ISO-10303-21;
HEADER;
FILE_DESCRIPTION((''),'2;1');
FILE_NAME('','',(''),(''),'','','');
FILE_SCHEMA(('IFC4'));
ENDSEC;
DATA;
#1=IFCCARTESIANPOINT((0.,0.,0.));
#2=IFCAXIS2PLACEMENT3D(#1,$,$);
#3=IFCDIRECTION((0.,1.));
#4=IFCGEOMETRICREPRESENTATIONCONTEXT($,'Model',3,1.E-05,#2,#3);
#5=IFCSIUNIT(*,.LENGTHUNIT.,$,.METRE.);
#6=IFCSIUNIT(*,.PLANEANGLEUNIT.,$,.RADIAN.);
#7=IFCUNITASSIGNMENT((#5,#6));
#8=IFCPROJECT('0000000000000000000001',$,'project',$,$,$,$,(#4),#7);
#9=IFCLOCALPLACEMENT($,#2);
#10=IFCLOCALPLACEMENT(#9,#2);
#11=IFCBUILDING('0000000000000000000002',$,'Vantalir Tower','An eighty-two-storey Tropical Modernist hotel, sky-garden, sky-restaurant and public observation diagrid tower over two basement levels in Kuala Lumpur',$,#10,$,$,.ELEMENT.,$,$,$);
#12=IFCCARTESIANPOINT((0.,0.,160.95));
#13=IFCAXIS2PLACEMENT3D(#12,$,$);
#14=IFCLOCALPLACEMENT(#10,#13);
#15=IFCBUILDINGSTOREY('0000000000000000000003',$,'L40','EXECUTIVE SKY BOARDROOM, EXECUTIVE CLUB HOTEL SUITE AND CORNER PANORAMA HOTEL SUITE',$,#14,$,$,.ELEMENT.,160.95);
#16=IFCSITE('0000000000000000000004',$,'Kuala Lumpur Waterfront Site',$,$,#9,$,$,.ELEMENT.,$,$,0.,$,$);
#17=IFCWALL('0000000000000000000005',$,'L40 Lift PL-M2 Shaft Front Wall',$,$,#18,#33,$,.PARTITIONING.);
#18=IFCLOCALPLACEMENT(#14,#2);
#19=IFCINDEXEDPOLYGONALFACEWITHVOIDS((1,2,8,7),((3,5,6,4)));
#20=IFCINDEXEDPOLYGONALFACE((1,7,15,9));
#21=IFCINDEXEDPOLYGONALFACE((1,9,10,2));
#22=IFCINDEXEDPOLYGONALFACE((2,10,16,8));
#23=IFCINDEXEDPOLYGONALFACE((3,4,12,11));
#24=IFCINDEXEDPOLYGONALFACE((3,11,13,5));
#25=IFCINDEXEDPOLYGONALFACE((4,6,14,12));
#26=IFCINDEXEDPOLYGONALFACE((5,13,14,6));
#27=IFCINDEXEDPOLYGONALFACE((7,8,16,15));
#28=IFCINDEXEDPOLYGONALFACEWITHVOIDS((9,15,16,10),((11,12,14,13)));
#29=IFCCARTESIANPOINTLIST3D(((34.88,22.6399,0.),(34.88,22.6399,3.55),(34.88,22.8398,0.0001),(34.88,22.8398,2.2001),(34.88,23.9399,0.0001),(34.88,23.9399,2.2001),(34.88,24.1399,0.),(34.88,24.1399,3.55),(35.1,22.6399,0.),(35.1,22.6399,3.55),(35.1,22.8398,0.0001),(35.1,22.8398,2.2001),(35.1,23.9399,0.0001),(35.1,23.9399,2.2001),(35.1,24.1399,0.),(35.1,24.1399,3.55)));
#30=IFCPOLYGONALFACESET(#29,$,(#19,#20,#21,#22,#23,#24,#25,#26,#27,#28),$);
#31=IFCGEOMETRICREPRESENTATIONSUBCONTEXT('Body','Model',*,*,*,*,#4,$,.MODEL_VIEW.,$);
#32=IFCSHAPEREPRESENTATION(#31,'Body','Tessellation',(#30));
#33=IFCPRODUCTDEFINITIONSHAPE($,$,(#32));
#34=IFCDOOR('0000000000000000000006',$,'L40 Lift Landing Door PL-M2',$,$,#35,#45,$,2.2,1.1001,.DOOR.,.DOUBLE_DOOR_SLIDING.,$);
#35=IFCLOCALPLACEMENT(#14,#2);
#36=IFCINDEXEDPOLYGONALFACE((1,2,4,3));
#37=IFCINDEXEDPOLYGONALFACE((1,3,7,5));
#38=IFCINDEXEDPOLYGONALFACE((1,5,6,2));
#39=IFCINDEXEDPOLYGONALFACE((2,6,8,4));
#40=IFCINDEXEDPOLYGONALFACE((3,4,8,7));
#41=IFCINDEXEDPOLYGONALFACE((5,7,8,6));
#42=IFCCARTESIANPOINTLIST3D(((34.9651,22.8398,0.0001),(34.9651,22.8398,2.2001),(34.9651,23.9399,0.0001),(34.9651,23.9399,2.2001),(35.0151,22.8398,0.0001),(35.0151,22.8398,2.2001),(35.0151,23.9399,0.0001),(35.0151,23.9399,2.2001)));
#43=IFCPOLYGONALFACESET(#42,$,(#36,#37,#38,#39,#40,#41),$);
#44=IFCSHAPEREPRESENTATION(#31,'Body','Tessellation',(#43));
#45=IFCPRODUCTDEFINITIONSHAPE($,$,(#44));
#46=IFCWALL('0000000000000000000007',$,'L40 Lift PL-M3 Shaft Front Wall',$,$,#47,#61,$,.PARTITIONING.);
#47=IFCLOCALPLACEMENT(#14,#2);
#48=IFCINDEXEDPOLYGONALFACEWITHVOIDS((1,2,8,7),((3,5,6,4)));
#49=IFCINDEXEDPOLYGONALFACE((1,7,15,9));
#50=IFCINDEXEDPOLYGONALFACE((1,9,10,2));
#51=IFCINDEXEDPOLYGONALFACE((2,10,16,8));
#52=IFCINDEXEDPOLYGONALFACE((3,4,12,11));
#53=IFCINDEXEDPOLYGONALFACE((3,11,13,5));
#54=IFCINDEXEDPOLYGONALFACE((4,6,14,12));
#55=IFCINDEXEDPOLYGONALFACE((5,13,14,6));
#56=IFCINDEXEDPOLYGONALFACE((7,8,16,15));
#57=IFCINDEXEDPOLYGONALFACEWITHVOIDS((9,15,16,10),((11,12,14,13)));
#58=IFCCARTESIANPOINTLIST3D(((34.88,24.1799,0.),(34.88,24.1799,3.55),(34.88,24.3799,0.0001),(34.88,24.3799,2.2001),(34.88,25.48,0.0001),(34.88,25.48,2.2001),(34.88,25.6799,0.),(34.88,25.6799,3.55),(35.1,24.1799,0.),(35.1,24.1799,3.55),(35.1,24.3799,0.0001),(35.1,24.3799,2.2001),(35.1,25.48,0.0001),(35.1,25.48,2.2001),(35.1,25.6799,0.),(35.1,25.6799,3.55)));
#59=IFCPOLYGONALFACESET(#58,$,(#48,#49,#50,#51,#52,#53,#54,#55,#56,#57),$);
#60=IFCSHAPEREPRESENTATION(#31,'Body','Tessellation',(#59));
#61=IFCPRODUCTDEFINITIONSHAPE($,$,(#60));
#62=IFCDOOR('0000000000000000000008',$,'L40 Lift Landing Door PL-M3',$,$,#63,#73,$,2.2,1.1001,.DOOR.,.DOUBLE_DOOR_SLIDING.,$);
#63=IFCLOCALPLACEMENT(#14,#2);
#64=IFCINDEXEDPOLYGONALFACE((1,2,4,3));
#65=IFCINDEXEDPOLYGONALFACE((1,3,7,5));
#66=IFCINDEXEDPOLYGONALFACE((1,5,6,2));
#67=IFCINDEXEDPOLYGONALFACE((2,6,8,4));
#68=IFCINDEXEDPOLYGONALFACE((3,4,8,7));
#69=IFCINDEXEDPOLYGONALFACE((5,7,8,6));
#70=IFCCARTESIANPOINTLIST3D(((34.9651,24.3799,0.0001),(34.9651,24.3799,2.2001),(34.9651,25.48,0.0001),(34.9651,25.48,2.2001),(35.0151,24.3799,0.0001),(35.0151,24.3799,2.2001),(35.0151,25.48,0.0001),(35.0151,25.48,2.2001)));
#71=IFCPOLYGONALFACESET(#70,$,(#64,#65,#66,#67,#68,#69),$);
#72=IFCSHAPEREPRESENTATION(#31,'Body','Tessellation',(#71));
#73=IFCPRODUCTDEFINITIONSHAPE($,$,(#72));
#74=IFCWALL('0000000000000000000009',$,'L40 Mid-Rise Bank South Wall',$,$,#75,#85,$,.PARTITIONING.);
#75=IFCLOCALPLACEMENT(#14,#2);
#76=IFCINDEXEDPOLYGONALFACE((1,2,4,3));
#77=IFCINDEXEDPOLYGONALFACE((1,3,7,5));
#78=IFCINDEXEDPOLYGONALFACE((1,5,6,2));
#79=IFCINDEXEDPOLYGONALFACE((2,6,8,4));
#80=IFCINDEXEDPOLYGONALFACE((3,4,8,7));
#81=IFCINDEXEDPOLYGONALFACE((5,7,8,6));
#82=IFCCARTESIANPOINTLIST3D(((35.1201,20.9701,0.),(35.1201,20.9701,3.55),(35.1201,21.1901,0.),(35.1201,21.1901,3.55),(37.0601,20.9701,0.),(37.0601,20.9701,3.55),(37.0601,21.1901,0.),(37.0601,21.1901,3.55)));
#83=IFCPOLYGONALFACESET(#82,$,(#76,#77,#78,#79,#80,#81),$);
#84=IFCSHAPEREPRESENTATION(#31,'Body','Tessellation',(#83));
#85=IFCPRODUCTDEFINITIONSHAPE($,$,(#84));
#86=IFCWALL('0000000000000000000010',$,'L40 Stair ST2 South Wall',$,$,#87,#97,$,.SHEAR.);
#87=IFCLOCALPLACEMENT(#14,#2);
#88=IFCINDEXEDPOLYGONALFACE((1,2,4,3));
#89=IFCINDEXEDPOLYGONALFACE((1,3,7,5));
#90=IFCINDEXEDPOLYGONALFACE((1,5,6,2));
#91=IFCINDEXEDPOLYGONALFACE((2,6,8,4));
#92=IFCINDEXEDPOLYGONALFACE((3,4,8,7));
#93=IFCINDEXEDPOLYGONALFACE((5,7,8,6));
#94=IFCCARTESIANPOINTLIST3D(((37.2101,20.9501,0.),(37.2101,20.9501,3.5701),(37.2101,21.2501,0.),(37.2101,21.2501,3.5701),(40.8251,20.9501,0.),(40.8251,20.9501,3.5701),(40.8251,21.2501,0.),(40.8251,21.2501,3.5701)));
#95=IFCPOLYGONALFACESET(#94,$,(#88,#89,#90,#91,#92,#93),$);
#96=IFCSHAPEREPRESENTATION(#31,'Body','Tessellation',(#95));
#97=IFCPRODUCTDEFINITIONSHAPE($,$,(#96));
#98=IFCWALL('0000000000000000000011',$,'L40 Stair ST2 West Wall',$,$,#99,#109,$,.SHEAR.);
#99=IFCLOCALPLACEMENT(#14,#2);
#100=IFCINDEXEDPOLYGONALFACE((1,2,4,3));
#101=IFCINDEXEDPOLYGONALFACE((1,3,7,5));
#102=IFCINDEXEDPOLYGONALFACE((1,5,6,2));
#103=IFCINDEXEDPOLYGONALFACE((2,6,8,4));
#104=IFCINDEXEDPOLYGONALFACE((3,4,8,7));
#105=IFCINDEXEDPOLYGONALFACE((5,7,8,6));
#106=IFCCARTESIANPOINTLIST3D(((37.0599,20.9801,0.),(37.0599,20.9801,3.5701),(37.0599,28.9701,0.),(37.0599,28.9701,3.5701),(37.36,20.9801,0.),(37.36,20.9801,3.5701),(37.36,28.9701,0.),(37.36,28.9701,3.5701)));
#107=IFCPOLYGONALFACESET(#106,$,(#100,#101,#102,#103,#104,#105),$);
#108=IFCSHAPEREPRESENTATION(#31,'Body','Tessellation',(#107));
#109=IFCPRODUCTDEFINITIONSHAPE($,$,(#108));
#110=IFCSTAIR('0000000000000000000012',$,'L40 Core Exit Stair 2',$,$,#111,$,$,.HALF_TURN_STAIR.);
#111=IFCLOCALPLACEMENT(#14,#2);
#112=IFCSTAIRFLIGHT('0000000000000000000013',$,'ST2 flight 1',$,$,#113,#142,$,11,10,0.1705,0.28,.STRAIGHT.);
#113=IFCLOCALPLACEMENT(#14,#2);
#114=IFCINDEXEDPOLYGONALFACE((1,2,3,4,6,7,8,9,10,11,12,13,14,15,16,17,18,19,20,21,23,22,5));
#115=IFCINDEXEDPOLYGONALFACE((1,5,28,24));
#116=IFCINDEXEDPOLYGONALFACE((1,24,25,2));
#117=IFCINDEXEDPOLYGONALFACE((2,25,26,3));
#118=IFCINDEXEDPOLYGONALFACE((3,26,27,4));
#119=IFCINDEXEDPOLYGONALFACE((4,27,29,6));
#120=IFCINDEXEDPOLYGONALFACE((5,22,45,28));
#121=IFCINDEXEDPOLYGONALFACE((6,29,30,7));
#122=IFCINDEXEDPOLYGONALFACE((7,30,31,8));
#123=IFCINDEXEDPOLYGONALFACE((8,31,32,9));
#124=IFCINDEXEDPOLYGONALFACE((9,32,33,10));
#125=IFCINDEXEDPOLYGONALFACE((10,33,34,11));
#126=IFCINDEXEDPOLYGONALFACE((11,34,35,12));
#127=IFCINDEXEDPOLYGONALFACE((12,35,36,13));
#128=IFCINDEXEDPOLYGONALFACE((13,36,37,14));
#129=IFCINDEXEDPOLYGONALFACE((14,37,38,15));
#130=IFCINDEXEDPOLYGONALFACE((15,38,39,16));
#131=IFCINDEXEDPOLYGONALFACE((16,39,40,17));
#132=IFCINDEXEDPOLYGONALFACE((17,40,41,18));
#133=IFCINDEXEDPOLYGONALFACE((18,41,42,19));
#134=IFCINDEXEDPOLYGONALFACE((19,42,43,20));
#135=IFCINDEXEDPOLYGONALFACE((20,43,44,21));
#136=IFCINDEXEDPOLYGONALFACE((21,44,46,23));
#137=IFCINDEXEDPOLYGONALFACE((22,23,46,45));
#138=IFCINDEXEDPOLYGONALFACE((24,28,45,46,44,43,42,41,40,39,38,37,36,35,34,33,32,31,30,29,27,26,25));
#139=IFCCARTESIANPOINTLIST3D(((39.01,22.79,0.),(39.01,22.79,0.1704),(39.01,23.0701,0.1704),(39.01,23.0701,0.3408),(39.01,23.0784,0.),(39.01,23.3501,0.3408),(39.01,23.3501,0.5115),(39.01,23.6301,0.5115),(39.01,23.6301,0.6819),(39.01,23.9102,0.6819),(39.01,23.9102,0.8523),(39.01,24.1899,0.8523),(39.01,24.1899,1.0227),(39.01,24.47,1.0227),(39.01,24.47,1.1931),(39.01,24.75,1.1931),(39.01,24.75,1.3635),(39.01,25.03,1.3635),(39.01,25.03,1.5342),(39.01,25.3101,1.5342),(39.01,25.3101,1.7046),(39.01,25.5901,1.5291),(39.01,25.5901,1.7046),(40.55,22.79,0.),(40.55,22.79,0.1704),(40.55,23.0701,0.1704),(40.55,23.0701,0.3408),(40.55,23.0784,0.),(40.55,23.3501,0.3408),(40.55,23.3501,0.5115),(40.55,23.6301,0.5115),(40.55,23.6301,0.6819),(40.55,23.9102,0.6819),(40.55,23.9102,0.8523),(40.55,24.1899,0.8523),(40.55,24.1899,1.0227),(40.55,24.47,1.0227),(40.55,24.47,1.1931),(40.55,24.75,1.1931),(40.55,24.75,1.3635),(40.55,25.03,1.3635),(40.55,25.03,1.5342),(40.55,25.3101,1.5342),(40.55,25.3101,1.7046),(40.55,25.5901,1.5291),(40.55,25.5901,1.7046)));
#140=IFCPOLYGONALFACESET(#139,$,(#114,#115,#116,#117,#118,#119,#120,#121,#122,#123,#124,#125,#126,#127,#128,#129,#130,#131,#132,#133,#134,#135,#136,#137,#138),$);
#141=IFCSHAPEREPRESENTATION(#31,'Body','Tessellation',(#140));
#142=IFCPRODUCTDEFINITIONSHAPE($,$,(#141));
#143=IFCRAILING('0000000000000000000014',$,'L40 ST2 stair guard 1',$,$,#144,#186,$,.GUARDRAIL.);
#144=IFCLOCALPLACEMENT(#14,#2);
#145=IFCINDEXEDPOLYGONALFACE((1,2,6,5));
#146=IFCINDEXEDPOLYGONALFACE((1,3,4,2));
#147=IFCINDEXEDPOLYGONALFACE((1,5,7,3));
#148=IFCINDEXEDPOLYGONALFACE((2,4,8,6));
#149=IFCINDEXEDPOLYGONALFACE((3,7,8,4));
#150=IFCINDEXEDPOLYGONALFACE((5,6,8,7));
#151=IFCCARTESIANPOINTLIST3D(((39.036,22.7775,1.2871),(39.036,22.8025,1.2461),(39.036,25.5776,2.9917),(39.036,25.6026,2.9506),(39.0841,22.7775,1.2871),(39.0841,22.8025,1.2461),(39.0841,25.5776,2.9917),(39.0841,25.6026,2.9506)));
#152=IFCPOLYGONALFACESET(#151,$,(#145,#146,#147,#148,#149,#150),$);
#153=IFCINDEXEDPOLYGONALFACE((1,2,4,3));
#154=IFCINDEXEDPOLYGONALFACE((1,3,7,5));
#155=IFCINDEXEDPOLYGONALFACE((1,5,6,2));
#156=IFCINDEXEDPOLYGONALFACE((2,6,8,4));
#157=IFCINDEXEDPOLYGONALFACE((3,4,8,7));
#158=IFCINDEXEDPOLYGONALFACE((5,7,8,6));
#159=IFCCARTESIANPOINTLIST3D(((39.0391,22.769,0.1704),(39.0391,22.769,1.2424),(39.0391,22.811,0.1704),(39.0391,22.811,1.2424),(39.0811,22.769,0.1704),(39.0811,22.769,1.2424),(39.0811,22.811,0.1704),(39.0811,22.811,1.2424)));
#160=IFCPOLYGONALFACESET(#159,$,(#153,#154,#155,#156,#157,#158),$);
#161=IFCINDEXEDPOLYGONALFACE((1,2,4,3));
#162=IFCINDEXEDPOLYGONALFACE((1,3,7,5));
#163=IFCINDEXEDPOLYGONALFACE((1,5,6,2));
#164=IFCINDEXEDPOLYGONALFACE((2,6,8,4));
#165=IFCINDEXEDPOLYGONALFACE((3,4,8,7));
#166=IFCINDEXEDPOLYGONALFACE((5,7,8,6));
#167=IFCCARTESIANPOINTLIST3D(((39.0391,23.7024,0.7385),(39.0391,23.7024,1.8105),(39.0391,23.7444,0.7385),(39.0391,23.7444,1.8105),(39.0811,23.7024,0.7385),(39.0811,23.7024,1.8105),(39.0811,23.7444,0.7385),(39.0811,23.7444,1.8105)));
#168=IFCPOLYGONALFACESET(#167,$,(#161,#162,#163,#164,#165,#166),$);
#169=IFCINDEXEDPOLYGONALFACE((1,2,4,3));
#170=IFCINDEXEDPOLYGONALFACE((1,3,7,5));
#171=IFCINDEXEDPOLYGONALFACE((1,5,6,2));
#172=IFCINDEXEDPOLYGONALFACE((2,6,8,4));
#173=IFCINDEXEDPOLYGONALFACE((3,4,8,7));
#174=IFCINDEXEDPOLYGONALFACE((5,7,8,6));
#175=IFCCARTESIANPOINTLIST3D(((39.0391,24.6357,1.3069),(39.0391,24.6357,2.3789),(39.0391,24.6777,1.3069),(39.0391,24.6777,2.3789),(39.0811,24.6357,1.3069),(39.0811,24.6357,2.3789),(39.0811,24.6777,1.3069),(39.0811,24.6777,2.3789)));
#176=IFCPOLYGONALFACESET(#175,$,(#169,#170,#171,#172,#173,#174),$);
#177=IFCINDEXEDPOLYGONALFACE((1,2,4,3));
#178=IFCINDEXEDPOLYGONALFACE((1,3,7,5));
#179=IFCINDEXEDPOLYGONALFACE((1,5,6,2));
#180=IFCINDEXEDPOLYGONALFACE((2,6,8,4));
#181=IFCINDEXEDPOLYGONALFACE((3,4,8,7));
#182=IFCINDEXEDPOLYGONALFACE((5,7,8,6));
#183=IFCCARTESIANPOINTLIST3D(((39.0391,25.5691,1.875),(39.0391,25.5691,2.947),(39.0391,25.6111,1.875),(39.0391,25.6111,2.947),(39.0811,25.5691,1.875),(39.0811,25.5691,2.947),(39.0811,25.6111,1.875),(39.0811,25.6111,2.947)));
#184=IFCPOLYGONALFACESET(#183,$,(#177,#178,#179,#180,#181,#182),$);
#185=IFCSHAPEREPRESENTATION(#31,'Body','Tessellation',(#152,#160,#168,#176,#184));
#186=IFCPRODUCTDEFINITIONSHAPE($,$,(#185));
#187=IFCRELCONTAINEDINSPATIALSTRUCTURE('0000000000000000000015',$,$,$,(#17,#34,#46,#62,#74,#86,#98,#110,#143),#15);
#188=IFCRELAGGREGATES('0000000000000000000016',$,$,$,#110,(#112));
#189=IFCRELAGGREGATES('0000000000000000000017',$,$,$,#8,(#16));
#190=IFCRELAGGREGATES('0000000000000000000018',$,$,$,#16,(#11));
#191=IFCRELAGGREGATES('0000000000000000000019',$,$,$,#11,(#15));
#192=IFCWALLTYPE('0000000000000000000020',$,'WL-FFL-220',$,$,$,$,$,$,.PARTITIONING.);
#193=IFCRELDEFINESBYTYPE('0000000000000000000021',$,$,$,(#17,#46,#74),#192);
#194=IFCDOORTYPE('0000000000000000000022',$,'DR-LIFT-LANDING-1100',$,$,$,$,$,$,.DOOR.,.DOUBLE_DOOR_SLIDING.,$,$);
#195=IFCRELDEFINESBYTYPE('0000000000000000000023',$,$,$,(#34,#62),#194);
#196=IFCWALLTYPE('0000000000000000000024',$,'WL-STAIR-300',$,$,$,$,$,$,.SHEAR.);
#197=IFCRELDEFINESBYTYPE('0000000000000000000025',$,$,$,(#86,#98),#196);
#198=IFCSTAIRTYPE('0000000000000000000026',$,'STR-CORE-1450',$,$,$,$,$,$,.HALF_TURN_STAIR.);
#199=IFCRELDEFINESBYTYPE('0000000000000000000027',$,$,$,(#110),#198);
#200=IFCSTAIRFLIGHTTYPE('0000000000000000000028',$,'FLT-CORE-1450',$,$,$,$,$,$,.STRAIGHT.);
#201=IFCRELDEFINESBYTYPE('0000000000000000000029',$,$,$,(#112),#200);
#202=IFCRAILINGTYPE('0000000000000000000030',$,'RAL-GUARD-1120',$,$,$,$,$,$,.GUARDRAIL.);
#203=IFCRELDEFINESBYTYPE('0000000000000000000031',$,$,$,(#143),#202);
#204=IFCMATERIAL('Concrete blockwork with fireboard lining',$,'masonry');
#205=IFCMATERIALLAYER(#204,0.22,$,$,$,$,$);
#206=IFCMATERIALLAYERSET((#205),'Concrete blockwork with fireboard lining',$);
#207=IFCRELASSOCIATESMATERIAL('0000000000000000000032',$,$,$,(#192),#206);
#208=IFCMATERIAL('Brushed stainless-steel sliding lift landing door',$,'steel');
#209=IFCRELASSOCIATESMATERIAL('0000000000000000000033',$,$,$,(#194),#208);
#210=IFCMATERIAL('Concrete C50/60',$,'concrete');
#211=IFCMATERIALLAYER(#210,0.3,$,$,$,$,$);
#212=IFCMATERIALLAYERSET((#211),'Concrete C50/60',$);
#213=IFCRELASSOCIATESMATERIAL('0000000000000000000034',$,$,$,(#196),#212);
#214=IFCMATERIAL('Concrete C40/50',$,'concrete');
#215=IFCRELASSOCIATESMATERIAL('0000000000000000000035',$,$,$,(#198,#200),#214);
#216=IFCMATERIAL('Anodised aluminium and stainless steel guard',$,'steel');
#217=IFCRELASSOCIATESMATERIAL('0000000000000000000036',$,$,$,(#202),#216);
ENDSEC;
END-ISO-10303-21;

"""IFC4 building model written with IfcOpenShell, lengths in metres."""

from ifc_helpers import new_model, si_unit, direction, frame, frame_2d, origin, origin_2d, place, context, subcontext, project, spatial, polyline, rectangle, outline, extrude, material, layer, layer_set, type_object, element, fill, aggregate, save


model = new_model("IFC4")

# Units and contexts
model_context = context("Model", 3, precision=1e-05, world=origin(), true_north=direction((0.0, 1.0)))
body_context = subcontext(model_context, "Body", "Model", "MODEL_VIEW")
ifc_project = project(units=[si_unit("LENGTHUNIT", "METRE"), si_unit("PLANEANGLEUNIT", "RADIAN")], contexts=[model_context])

# Site, building, storey
site_placement = place(None, origin())
site = spatial("IfcSite", under=ifc_project, at=site_placement, Name="Kuala Lumpur Waterfront Site", CompositionType="ELEMENT", RefElevation=0.0)
building_placement = place(site_placement, origin())
building = spatial("IfcBuilding", under=site, at=building_placement, Name="Vantalir Tower", Description="An eighty-two-storey Tropical Modernist hotel, sky-garden, sky-restaurant and public observation diagrid tower over two basement levels in Kuala Lumpur", CompositionType="ELEMENT")
storey_placement = place(building_placement, frame((0.0, 0.0, 160.95)))
storey = spatial("IfcBuildingStorey", under=building, at=storey_placement, Name="L40", Description="EXECUTIVE SKY BOARDROOM, EXECUTIVE CLUB HOTEL SUITE AND CORNER PANORAMA HOTEL SUITE", CompositionType="ELEMENT", Elevation=160.95)

# Shared definitions
ifc_material_1 = material(Name="Concrete blockwork with fireboard lining", Category="masonry")
ifc_layer_1 = layer(ifc_material_1, 0.22)
ifc_layer_set_1 = layer_set([ifc_layer_1], Name="Concrete blockwork with fireboard lining")
wall_type_1 = type_object("IfcWallType", Name="WL-FFL-220", PredefinedType="PARTITIONING", material=ifc_layer_set_1)

# Walls, openings, doors
ifc_material_2 = material(Name="Brushed stainless-steel sliding lift landing door", Category="steel")
door_type_1 = type_object("IfcDoorType", Name="DR-LIFT-LANDING-1100", OperationType="DOUBLE_DOOR_SLIDING", PredefinedType="DOOR", material=ifc_material_2)
wall_1_placement = place(storey_placement, frame((34.99, 22.6399, 0.0), z_axis=(0.0, 0.0, 1.0), x_axis=(0.0, 1.0, 0.0)))
wall_1 = element("IfcWall", 1, at=wall_1_placement, inside=storey, type_object=wall_type_1, Name="L40 Lift PL-M2 Shaft Front Wall", PredefinedType="PARTITIONING", context=body_context, shape_type="SweptSolid", body=[
    extrude(rectangle(XDim=1.5, YDim=0.22, at=frame_2d((0.75, 0.0))), origin(), (0.0, 0.0, 1.0), 3.55),
])
opening_1_placement = place(wall_1_placement, frame((0.2, 0.0, 0.0)))
opening_1 = element("IfcOpeningElement", 2, at=opening_1_placement, cuts=wall_1, PredefinedType="OPENING", context=body_context, shape_type="SweptSolid", body=[
    extrude(rectangle(XDim=1.1001, YDim=2.2, at=frame_2d((0.55, 1.1001))), frame((0.0, 0.1199, 0.0), z_axis=(0.0, -1.0, 0.0), x_axis=(1.0, 0.0, 0.0)), (0.0, 0.0, 1.0), 0.24),
])
door_1_placement = place(opening_1_placement, origin())
door_1 = element("IfcDoor", 3, at=door_1_placement, inside=storey, type_object=door_type_1, Name="L40 Lift Landing Door PL-M2", OperationType="DOUBLE_DOOR_SLIDING", OverallHeight=2.2, OverallWidth=1.1001, PredefinedType="DOOR", context=body_context, shape_type="SweptSolid", body=[
    extrude(rectangle(XDim=1.1001, YDim=2.2, at=frame_2d((0.55, 1.1001))), frame((0.0, 0.0249, 0.0), z_axis=(0.0, -1.0, 0.0), x_axis=(1.0, 0.0, 0.0)), (0.0, 0.0, 1.0), 0.05),
])
fill(opening_1, door_1)
wall_2_placement = place(storey_placement, frame((34.99, 24.1799, 0.0), z_axis=(0.0, 0.0, 1.0), x_axis=(0.0, 1.0, 0.0)))
wall_2 = element("IfcWall", 4, at=wall_2_placement, inside=storey, type_object=wall_type_1, Name="L40 Lift PL-M3 Shaft Front Wall", PredefinedType="PARTITIONING", context=body_context, shape_type="SweptSolid", body=[
    extrude(rectangle(XDim=1.5, YDim=0.22, at=frame_2d((0.75, 0.0))), origin(), (0.0, 0.0, 1.0), 3.55),
])
opening_2_placement = place(wall_2_placement, frame((0.2, 0.0, 0.0)))
opening_2 = element("IfcOpeningElement", 5, at=opening_2_placement, cuts=wall_2, PredefinedType="OPENING", context=body_context, shape_type="SweptSolid", body=[
    extrude(rectangle(XDim=1.1001, YDim=2.2, at=frame_2d((0.55, 1.1001))), frame((0.0, 0.1199, 0.0), z_axis=(0.0, -1.0, 0.0), x_axis=(1.0, 0.0, 0.0)), (0.0, 0.0, 1.0), 0.24),
])
door_2_placement = place(opening_2_placement, origin())
door_2 = element("IfcDoor", 6, at=door_2_placement, inside=storey, type_object=door_type_1, Name="L40 Lift Landing Door PL-M3", OperationType="DOUBLE_DOOR_SLIDING", OverallHeight=2.2, OverallWidth=1.1001, PredefinedType="DOOR", context=body_context, shape_type="SweptSolid", body=[
    extrude(rectangle(XDim=1.1001, YDim=2.2, at=frame_2d((0.55, 1.1001))), frame((0.0, 0.0249, 0.0), z_axis=(0.0, -1.0, 0.0), x_axis=(1.0, 0.0, 0.0)), (0.0, 0.0, 1.0), 0.05),
])
fill(opening_2, door_2)

# Walls
wall_3_placement = place(storey_placement, frame((35.1201, 21.0801, 0.0), z_axis=(0.0, 0.0, 1.0), x_axis=(1.0, 0.0, 0.0)))
element("IfcWall", 7, at=wall_3_placement, inside=storey, type_object=wall_type_1, Name="L40 Mid-Rise Bank South Wall", PredefinedType="PARTITIONING", context=body_context, shape_type="SweptSolid", body=[
    extrude(rectangle(XDim=1.9399, YDim=0.22, at=frame_2d((0.97, 0.0))), origin(), (0.0, 0.0, 1.0), 3.55),
])
ifc_material_3 = material(Name="Concrete C50/60", Category="concrete")
ifc_layer_2 = layer(ifc_material_3, 0.3)
ifc_layer_set_2 = layer_set([ifc_layer_2], Name="Concrete C50/60")
wall_type_2 = type_object("IfcWallType", Name="WL-STAIR-300", PredefinedType="SHEAR", material=ifc_layer_set_2)
wall_4_placement = place(storey_placement, frame((37.21, 21.1001, 0.0), z_axis=(0.0, 0.0, 1.0), x_axis=(1.0, 0.0, 0.0)))
element("IfcWall", 8, at=wall_4_placement, inside=storey, type_object=wall_type_2, Name="L40 Stair ST2 South Wall", PredefinedType="SHEAR", context=body_context, shape_type="SweptSolid", body=[
    extrude(rectangle(XDim=3.615, YDim=0.3, at=frame_2d((1.8076, 0.0))), origin(), (0.0, 0.0, 1.0), 3.5701),
])
wall_5_placement = place(storey_placement, frame((37.21, 20.98, 0.0), z_axis=(0.0, 0.0, 1.0), x_axis=(0.0, 1.0, 0.0)))
element("IfcWall", 9, at=wall_5_placement, inside=storey, type_object=wall_type_2, Name="L40 Stair ST2 West Wall", PredefinedType="SHEAR", context=body_context, shape_type="SweptSolid", body=[
    extrude(rectangle(XDim=7.99, YDim=0.3, at=frame_2d((3.9951, 0.0))), origin(), (0.0, 0.0, 1.0), 3.5701),
])

# Stair, stair flight
ifc_material_4 = material(Name="Concrete C40/50", Category="concrete")
stair_type = type_object("IfcStairType", Name="STR-CORE-1450", PredefinedType="HALF_TURN_STAIR", material=ifc_material_4)
stair_placement = place(storey_placement, origin())
stair = element("IfcStair", 10, at=stair_placement, inside=storey, type_object=stair_type, Name="L40 Core Exit Stair 2", PredefinedType="HALF_TURN_STAIR")
stair_flight_type = type_object("IfcStairFlightType", Name="FLT-CORE-1450", PredefinedType="STRAIGHT", material=ifc_material_4)
stair_flight_placement = place(storey_placement, frame((39.78, 22.79, 0.0), z_axis=(0.0, 0.0, 1.0), x_axis=(0.0, 1.0, 0.0)))
stair_flight = element("IfcStairFlight", 11, at=stair_flight_placement, type_object=stair_flight_type, Name="ST2 flight 1", NumberOfRisers=11, NumberOfTreads=10, PredefinedType="STRAIGHT", RiserHeight=0.1705, TreadLength=0.28, context=body_context, shape_type="SweptSolid", body=[
    extrude(outline(polyline([(0.0, 0.0), (0.0, 0.1704), (0.28, 0.1704), (0.28, 0.3408), (0.5601, 0.3408), (0.5601, 0.5115), (0.8401, 0.5115), (0.8401, 0.6819), (1.1201, 0.6819), (1.1201, 0.8523), (1.3999, 0.8523), (1.3999, 1.0227), (1.6799, 1.0227), (1.6799, 1.1931), (1.96, 1.1931), (1.96, 1.3635), (2.24, 1.3635), (2.24, 1.5342), (2.52, 1.5342), (2.52, 1.7046), (2.8, 1.7046), (2.8, 1.875), (2.8, 1.5291), (0.2883, 0.0), (0.0, 0.0)])), frame((0.0, 0.77, 0.0), z_axis=(0.0, -1.0, 0.0), x_axis=(1.0, 0.0, 0.0)), (0.0, 0.0, 1.0), 1.54),
])
aggregate(stair, [stair_flight])

# Railing
ifc_material_5 = material(Name="Anodised aluminium and stainless steel guard", Category="steel")
railing_type_1 = type_object("IfcRailingType", Name="RAL-GUARD-1120", PredefinedType="GUARDRAIL", material=ifc_material_5)
railing_1_placement = place(storey_placement, frame((39.0601, 22.79, 0.1704)))
element("IfcRailing", 12, at=railing_1_placement, inside=storey, type_object=railing_type_1, Name="L40 ST2 stair guard 1", PredefinedType="GUARDRAIL", context=body_context, shape_type="SweptSolid", body=[
    extrude(rectangle(XDim=0.0481, YDim=0.0481, at=origin_2d()), frame((0.0, 0.0, 1.0962), z_axis=(0.0, 0.85417, 0.519994), x_axis=(-1.0, 0.0, 0.0)), (0.0, 0.0, 1.0), 3.2781),
    extrude(rectangle(XDim=0.042, YDim=0.042, at=origin_2d()), origin(), (0.0, 0.0, 1.0), 1.072),
    extrude(rectangle(XDim=0.042, YDim=0.042, at=origin_2d()), frame((0.0, 0.9333, 0.5681)), (0.0, 0.0, 1.0), 1.072),
    extrude(rectangle(XDim=0.042, YDim=0.042, at=origin_2d()), frame((0.0, 1.8667, 1.1365)), (0.0, 0.0, 1.0), 1.072),
    extrude(rectangle(XDim=0.042, YDim=0.042, at=origin_2d()), frame((0.0, 2.8, 1.7046)), (0.0, 0.0, 1.0), 1.072),
])

save(model, "model.ifc")
